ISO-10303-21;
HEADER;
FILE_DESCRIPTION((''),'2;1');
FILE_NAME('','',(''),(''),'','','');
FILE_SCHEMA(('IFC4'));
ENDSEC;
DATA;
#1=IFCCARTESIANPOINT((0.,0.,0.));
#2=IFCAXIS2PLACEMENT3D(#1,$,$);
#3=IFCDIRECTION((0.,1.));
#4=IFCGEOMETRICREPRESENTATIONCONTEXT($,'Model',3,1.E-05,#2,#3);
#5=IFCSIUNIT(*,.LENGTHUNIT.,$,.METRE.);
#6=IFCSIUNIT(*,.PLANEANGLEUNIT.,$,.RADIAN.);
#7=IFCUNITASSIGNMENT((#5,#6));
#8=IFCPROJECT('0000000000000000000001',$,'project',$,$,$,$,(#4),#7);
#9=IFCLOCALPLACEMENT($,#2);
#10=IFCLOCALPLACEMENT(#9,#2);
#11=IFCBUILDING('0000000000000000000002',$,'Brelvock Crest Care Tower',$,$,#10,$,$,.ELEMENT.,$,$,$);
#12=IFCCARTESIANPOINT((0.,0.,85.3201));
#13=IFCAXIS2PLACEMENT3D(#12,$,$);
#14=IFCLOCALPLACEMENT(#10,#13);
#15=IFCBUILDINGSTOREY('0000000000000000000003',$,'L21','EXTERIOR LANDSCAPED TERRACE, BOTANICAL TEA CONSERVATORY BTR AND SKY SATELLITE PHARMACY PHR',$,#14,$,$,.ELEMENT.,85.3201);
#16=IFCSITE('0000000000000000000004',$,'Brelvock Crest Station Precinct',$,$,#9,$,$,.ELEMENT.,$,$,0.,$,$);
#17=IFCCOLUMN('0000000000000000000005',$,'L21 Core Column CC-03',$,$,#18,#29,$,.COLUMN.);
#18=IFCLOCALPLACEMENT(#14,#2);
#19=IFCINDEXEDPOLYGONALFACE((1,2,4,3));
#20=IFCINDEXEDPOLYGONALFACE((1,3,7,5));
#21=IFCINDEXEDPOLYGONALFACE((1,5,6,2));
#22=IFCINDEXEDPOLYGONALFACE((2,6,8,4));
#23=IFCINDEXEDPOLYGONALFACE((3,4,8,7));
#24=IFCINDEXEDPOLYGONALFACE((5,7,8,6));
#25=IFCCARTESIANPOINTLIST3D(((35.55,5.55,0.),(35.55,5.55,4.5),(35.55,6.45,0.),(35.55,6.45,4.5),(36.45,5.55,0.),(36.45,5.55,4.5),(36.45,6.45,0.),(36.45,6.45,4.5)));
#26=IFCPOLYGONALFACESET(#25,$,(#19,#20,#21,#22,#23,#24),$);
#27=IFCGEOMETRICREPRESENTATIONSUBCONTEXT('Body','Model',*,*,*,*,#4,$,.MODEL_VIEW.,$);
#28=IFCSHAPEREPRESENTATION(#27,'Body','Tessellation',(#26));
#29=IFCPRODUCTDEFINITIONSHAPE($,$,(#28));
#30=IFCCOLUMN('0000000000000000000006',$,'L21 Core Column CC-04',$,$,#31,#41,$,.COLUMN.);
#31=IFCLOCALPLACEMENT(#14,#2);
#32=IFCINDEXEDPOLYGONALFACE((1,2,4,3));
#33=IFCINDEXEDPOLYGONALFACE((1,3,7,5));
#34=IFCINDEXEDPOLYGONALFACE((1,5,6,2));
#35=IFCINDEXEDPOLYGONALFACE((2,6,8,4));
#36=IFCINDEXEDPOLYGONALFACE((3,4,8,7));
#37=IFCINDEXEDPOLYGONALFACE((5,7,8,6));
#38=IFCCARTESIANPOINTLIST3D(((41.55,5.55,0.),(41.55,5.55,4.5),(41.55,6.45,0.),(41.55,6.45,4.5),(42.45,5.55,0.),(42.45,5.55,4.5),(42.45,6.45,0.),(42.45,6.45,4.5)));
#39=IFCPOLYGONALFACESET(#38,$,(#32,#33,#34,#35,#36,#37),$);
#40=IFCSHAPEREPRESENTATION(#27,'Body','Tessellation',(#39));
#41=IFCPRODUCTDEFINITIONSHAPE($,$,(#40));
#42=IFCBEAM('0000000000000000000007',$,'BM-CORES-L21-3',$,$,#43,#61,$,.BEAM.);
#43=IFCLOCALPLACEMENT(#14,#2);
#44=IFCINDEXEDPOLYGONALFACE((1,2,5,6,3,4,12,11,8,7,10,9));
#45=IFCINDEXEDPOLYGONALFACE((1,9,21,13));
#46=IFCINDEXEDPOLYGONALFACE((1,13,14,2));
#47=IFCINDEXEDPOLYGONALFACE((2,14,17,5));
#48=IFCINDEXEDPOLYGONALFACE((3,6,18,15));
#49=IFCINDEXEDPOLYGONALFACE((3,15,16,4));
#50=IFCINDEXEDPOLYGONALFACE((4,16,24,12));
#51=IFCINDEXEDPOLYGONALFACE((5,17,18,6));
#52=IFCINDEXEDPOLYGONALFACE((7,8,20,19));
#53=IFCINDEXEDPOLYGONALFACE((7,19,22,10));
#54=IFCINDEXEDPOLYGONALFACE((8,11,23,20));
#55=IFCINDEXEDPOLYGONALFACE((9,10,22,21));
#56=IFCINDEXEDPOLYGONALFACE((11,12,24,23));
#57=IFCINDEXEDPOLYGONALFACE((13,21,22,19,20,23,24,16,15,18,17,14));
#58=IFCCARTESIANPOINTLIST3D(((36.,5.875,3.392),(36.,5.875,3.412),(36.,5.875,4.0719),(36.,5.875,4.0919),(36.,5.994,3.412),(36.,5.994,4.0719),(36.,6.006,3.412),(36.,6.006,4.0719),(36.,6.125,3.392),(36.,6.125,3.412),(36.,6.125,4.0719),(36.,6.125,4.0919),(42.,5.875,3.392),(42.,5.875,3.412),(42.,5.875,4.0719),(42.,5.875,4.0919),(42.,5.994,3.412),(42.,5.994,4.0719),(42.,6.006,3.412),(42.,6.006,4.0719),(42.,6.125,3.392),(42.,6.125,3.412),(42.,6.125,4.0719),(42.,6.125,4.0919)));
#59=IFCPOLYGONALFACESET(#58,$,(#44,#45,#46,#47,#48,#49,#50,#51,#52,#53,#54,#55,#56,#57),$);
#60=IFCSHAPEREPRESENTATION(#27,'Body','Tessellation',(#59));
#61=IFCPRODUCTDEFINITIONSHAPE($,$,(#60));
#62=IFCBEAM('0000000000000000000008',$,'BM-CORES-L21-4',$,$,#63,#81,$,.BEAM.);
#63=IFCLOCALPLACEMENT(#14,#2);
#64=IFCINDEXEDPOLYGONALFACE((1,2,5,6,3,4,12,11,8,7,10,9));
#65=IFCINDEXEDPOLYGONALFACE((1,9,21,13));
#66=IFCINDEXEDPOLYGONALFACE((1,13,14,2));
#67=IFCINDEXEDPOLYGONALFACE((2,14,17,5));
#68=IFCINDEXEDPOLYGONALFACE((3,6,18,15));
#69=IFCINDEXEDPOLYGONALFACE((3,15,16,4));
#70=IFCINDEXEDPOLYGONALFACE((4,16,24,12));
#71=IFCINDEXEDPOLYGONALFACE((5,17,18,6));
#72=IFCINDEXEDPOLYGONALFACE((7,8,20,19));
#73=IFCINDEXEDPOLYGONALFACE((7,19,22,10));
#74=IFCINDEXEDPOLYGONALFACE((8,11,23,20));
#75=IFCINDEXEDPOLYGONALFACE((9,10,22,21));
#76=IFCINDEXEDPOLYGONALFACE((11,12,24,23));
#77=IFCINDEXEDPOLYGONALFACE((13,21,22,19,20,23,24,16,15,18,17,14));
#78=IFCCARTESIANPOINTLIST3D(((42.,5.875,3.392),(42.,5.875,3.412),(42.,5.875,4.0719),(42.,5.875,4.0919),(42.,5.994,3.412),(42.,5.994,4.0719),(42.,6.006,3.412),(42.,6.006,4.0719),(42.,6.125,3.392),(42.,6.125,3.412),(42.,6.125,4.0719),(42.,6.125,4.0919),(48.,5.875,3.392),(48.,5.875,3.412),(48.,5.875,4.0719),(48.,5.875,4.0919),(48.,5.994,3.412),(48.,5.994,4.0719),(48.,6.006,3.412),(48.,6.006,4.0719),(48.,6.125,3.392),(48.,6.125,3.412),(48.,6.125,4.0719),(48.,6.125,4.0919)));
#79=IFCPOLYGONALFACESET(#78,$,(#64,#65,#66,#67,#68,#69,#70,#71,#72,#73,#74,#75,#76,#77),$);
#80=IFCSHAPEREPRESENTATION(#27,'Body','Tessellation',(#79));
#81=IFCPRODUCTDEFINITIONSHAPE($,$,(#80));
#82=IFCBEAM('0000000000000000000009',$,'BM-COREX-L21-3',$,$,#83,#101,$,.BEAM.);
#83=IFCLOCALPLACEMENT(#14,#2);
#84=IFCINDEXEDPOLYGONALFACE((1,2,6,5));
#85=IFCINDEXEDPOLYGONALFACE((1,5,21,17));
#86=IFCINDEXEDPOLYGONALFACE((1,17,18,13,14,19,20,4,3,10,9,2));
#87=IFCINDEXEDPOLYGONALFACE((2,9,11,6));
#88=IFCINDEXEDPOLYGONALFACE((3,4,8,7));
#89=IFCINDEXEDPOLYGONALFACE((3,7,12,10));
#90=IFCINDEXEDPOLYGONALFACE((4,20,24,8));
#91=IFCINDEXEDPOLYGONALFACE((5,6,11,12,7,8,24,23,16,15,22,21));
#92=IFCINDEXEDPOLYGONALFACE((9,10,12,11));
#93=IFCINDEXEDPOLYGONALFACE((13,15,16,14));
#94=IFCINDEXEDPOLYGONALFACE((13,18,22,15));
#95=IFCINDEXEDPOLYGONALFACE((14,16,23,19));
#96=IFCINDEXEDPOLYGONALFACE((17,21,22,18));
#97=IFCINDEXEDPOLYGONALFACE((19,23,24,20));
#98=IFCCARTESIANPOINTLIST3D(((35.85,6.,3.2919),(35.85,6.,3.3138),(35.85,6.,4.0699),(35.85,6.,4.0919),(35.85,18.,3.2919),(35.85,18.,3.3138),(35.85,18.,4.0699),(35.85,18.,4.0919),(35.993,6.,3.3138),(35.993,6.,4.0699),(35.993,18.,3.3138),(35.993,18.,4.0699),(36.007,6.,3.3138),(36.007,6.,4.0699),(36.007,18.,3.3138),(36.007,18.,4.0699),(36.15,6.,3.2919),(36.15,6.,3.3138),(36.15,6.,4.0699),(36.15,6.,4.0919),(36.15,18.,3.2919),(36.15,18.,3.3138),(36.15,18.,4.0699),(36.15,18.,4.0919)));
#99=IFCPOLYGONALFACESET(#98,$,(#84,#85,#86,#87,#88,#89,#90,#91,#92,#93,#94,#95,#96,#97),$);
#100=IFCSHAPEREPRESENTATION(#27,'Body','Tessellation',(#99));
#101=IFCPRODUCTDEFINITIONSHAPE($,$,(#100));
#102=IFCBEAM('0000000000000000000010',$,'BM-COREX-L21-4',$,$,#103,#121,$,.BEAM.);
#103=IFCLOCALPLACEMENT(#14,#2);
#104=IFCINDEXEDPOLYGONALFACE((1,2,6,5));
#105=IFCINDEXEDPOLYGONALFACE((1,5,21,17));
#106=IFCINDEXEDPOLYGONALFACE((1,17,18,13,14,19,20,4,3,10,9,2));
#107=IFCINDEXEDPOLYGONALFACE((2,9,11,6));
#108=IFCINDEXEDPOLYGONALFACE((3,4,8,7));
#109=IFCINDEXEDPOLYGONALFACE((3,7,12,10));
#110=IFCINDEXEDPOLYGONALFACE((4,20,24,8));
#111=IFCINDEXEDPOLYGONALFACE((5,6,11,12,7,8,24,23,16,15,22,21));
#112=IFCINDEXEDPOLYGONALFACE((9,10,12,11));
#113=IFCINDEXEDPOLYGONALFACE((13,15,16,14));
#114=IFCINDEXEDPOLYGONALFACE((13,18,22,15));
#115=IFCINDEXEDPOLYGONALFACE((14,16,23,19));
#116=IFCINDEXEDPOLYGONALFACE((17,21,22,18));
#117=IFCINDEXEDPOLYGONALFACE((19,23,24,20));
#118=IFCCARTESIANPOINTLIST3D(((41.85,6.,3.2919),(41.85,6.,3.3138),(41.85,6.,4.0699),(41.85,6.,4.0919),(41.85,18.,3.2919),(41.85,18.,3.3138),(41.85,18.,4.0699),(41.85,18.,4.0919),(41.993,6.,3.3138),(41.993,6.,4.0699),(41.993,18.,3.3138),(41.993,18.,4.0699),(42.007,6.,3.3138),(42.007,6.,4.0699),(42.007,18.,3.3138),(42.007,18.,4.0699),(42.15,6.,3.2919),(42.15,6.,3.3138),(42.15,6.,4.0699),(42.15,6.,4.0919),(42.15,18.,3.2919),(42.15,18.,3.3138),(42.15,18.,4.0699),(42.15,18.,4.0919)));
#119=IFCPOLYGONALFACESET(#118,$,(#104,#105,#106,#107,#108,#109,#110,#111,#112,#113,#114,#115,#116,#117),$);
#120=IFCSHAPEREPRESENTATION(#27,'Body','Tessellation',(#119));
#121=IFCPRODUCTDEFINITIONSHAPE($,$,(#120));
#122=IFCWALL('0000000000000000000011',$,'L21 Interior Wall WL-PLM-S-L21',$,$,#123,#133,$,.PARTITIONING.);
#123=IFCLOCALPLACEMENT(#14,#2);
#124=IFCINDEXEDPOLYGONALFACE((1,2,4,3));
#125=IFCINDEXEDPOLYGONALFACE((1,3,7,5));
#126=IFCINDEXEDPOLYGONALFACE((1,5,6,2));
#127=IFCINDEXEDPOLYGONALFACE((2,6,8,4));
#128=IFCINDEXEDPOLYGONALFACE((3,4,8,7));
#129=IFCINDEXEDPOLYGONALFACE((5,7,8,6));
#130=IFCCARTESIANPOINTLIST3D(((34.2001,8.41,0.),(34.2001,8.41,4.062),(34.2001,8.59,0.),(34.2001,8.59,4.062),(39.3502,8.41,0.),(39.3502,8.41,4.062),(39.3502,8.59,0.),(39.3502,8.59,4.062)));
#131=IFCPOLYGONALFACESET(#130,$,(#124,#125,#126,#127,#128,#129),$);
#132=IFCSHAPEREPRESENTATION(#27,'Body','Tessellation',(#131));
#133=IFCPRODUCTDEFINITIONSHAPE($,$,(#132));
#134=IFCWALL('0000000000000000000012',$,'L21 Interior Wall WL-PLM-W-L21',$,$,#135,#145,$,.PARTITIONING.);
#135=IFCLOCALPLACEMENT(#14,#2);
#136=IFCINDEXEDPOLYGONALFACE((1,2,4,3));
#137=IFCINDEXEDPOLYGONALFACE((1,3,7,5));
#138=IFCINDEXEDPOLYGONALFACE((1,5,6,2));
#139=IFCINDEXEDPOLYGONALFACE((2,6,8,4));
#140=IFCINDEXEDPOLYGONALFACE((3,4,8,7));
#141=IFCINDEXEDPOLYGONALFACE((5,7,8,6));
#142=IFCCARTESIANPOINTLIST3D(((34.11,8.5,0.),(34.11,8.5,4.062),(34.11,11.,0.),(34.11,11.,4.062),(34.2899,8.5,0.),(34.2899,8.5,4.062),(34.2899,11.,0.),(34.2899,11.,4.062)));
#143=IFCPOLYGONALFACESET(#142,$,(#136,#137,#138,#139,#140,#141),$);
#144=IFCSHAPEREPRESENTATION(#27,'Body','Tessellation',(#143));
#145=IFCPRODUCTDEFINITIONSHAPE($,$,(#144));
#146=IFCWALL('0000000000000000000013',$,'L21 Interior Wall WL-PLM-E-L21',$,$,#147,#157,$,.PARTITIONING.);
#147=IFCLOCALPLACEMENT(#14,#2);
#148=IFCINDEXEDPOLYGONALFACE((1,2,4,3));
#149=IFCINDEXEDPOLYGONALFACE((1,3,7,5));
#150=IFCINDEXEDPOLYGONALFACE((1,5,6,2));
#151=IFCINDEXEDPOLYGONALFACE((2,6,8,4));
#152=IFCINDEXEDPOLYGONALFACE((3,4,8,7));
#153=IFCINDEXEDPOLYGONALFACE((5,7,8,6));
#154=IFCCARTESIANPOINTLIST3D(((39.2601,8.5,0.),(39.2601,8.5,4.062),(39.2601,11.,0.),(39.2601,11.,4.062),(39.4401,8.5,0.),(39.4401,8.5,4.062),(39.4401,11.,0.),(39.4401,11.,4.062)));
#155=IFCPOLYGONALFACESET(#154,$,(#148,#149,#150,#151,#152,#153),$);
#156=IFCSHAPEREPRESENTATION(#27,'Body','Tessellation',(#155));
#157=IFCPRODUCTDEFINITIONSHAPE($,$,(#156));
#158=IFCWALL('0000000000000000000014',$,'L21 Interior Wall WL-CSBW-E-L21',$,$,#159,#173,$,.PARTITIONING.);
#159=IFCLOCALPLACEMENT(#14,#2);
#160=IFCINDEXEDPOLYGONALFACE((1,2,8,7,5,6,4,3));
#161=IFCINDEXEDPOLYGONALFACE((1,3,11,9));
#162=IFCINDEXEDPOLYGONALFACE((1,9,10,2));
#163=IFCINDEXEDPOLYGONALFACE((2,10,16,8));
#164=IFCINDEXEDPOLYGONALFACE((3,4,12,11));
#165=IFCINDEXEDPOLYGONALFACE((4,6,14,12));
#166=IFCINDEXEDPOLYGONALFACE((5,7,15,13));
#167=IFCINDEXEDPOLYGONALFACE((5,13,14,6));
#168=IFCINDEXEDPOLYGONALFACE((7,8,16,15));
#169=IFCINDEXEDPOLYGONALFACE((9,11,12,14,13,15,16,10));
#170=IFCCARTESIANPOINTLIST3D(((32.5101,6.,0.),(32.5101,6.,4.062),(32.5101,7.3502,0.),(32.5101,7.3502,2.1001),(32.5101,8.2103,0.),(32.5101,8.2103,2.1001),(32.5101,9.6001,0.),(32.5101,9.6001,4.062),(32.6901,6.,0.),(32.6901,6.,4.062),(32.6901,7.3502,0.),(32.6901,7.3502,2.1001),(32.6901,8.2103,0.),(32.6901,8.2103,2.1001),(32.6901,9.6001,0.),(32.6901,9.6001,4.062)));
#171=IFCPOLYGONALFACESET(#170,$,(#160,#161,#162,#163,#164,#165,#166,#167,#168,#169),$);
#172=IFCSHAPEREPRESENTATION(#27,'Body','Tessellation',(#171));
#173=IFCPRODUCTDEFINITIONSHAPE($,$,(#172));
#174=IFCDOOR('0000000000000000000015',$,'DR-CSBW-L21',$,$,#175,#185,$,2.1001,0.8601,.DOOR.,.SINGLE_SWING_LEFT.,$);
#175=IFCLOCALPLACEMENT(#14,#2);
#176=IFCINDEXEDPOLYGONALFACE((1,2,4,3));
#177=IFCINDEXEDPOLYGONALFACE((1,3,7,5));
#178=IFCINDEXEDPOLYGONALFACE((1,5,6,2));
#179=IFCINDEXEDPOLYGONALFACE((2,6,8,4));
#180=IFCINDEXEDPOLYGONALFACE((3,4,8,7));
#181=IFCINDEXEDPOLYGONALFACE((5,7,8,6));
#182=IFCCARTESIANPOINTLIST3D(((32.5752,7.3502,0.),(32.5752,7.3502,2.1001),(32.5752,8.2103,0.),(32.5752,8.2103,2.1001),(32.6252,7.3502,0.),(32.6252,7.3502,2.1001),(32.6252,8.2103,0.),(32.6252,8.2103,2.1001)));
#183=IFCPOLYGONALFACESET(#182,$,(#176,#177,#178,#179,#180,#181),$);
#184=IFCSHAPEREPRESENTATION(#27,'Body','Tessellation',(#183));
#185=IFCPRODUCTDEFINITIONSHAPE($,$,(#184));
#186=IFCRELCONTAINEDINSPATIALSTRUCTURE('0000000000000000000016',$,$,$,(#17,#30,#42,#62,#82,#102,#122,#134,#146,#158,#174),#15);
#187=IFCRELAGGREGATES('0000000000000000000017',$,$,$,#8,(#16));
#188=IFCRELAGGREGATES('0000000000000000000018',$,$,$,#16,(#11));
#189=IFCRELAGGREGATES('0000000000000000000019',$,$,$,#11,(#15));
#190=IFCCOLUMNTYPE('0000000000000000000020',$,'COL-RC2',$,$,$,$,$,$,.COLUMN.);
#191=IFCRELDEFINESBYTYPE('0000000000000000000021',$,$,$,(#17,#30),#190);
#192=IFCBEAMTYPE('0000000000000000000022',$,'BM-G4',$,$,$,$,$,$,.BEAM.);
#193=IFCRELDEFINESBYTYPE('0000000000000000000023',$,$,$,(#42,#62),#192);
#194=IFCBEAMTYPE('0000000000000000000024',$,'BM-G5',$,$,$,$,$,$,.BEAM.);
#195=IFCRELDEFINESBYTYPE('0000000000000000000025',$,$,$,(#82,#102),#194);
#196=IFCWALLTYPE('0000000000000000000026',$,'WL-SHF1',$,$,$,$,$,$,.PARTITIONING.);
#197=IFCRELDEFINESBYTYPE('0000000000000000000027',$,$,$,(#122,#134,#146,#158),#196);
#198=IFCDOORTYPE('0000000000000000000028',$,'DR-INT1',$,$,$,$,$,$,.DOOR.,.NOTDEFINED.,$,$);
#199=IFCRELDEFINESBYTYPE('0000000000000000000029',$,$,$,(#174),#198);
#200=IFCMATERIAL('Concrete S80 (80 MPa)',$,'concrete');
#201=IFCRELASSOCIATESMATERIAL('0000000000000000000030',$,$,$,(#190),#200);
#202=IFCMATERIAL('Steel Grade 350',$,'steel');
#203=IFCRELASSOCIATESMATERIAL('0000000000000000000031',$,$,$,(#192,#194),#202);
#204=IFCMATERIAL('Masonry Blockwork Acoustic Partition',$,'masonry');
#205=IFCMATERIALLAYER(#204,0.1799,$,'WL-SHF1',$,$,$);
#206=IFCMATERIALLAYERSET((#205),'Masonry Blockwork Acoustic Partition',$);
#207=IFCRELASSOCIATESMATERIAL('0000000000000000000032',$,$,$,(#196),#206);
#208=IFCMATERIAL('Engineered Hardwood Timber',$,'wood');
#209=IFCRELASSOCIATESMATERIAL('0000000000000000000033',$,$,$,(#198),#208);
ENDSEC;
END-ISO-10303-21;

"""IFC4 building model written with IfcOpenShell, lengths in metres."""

from ifc_helpers import new_model, si_unit, direction, frame, frame_2d, origin, origin_2d, place, context, subcontext, project, spatial, rectangle, i_section, extrude, source, transform, mapped, material, layer, layer_set, material_profile, profile_set, type_object, element, fill, save


model = new_model("IFC4")

# Units and contexts
model_context = context("Model", 3, precision=1e-05, world=origin(), true_north=direction((0.0, 1.0)))
body_context = subcontext(model_context, "Body", "Model", "MODEL_VIEW")
ifc_project = project(units=[si_unit("LENGTHUNIT", "METRE"), si_unit("PLANEANGLEUNIT", "RADIAN")], contexts=[model_context])

# Site, building, storey
site_placement = place(None, origin())
site = spatial("IfcSite", under=ifc_project, at=site_placement, Name="Brelvock Crest Station Precinct", CompositionType="ELEMENT", RefElevation=0.0)
building_placement = place(site_placement, origin())
building = spatial("IfcBuilding", under=site, at=building_placement, Name="Brelvock Crest Care Tower", CompositionType="ELEMENT")
storey_placement = place(building_placement, frame((0.0, 0.0, 85.3201)))
storey = spatial("IfcBuildingStorey", under=building, at=storey_placement, Name="L21", Description="EXTERIOR LANDSCAPED TERRACE, BOTANICAL TEA CONSERVATORY BTR AND SKY SATELLITE PHARMACY PHR", CompositionType="ELEMENT", Elevation=85.3201)

# Columns
ifc_material_1 = material(Name="Concrete S80 (80 MPa)", Category="concrete")
ifc_material_profile_1 = material_profile(ifc_material_1, rectangle(XDim=0.8999, YDim=0.8999, at=origin_2d()), Name="RC900x900")
ifc_profile_set_1 = profile_set([ifc_material_profile_1], Name="Concrete S80 (80 MPa)")
column_type = type_object("IfcColumnType", Name="COL-RC2", PredefinedType="COLUMN", material=ifc_profile_set_1)
shared_shape_1 = source(origin(), body_context, "Body", "SweptSolid", [
    extrude(rectangle(XDim=0.8999, YDim=0.8999, at=origin_2d()), origin(), (0.0, 0.0, 1.0), 4.5),
])
for number, where, z_axis, x_axis, name in (
    (1, (36.0, 6.0, 0.0), (0.0, 0.0, 1.0), (1.0, 0.0, 0.0), "L21 Core Column CC-03"),
    (2, (42.0, 6.0, 0.0), (0.0, 0.0, 1.0), (1.0, 0.0, 0.0), "L21 Core Column CC-04"),
):
    element("IfcColumn", number, at=place(storey_placement, frame(where, z_axis=z_axis, x_axis=x_axis)), inside=storey, type_object=column_type, Name=name, PredefinedType="COLUMN", context=body_context, shape_type="MappedRepresentation", body=[
        mapped(shared_shape_1, transform((0.0, 0.0, 0.0), x_axis=(1.0, 0.0, 0.0), y_axis=(0.0, 1.0, 0.0), z_axis=(0.0, 0.0, 1.0), scale=1.0)),
    ])

# Beams
ifc_material_2 = material(Name="Steel Grade 350", Category="steel")
ifc_material_profile_2 = material_profile(ifc_material_2, i_section(OverallWidth=0.25, OverallDepth=0.7, WebThickness=0.012, FlangeThickness=0.02, at=origin_2d()), Name="700WB150")
ifc_profile_set_2 = profile_set([ifc_material_profile_2], Name="Steel Grade 350")
beam_type_1 = type_object("IfcBeamType", Name="BM-G4", PredefinedType="BEAM", material=ifc_profile_set_2)
shared_shape_2 = source(origin(), body_context, "Body", "SweptSolid", [
    extrude(i_section(OverallWidth=0.25, OverallDepth=0.7, WebThickness=0.012, FlangeThickness=0.02, at=origin_2d()), origin(), (0.0, 0.0, 1.0), 6.0),
])
for number, where, z_axis, x_axis, name in (
    (3, (36.0, 6.0, 3.7419), (1.0, 0.0, 0.0), (0.0, 1.0, 0.0), "BM-CORES-L21-3"),
    (4, (42.0, 6.0, 3.7419), (1.0, 0.0, 0.0), (0.0, 1.0, 0.0), "BM-CORES-L21-4"),
):
    element("IfcBeam", number, at=place(storey_placement, frame(where, z_axis=z_axis, x_axis=x_axis)), inside=storey, type_object=beam_type_1, Name=name, PredefinedType="BEAM", context=body_context, shape_type="MappedRepresentation", body=[
        mapped(shared_shape_2, transform((0.0, 0.0, 0.0), x_axis=(1.0, 0.0, 0.0), y_axis=(0.0, 1.0, 0.0), z_axis=(0.0, 0.0, 1.0), scale=1.0)),
    ])
ifc_material_profile_3 = material_profile(ifc_material_2, i_section(OverallWidth=0.3, OverallDepth=0.8, WebThickness=0.0139, FlangeThickness=0.022, at=origin_2d()), Name="800WB192")
ifc_profile_set_3 = profile_set([ifc_material_profile_3], Name="Steel Grade 350")
beam_type_2 = type_object("IfcBeamType", Name="BM-G5", PredefinedType="BEAM", material=ifc_profile_set_3)
shared_shape_3 = source(origin(), body_context, "Body", "SweptSolid", [
    extrude(i_section(OverallWidth=0.3, OverallDepth=0.8, WebThickness=0.0139, FlangeThickness=0.022, at=origin_2d()), origin(), (0.0, 0.0, 1.0), 12.0),
])
for number, where, z_axis, x_axis, name in (
    (5, (36.0, 6.0, 3.6919), (0.0, 1.0, 0.0), (-1.0, 0.0, 0.0), "BM-COREX-L21-3"),
    (6, (42.0, 6.0, 3.6919), (0.0, 1.0, 0.0), (-1.0, 0.0, 0.0), "BM-COREX-L21-4"),
):
    element("IfcBeam", number, at=place(storey_placement, frame(where, z_axis=z_axis, x_axis=x_axis)), inside=storey, type_object=beam_type_2, Name=name, PredefinedType="BEAM", context=body_context, shape_type="MappedRepresentation", body=[
        mapped(shared_shape_3, transform((0.0, 0.0, 0.0), x_axis=(1.0, 0.0, 0.0), y_axis=(0.0, 1.0, 0.0), z_axis=(0.0, 0.0, 1.0), scale=1.0)),
    ])

# Walls
ifc_material_3 = material(Name="Masonry Blockwork Acoustic Partition", Category="masonry")
ifc_layer = layer(ifc_material_3, 0.1799, Name="WL-SHF1")
ifc_layer_set = layer_set([ifc_layer], Name="Masonry Blockwork Acoustic Partition")
wall_type = type_object("IfcWallType", Name="WL-SHF1", PredefinedType="PARTITIONING", material=ifc_layer_set)
wall_1_placement = place(storey_placement, frame((34.2, 8.5, 0.0), z_axis=(0.0, 0.0, 1.0), x_axis=(1.0, 0.0, 0.0)))
element("IfcWall", 7, at=wall_1_placement, inside=storey, type_object=wall_type, Name="L21 Interior Wall WL-PLM-S-L21", PredefinedType="PARTITIONING", context=body_context, shape_type="SweptSolid", body=[
    extrude(rectangle(XDim=5.1501, YDim=0.1799, at=frame_2d((2.5752, 0.0))), origin(), (0.0, 0.0, 1.0), 4.062),
])
for number, where, z_axis, x_axis, name in (
    (8, (34.2, 8.5, 0.0), (0.0, 0.0, 1.0), (0.0, 1.0, 0.0), "L21 Interior Wall WL-PLM-W-L21"),
    (9, (39.3501, 8.5, 0.0), (0.0, 0.0, 1.0), (0.0, 1.0, 0.0), "L21 Interior Wall WL-PLM-E-L21"),
):
    element("IfcWall", number, at=place(storey_placement, frame(where, z_axis=z_axis, x_axis=x_axis)), inside=storey, type_object=wall_type, Name=name, PredefinedType="PARTITIONING", context=body_context, shape_type="SweptSolid", body=[
        extrude(rectangle(XDim=2.5, YDim=0.1799, at=frame_2d((1.25, 0.0))), origin(), (0.0, 0.0, 1.0), 4.062),
    ])

# Wall, opening, door
wall_2_placement = place(storey_placement, frame((32.6001, 6.0, 0.0), z_axis=(0.0, 0.0, 1.0), x_axis=(0.0, 1.0, 0.0)))
wall_2 = element("IfcWall", 10, at=wall_2_placement, inside=storey, type_object=wall_type, Name="L21 Interior Wall WL-CSBW-E-L21", PredefinedType="PARTITIONING", context=body_context, shape_type="SweptSolid", body=[
    extrude(rectangle(XDim=3.6001, YDim=0.1799, at=frame_2d((1.8, 0.0))), origin(), (0.0, 0.0, 1.0), 4.062),
])
opening_1_placement = place(wall_2_placement, frame((1.3501, 0.0, 0.0)))
opening_1 = element("IfcOpeningElement", 11, at=opening_1_placement, cuts=wall_2, PredefinedType="OPENING", context=body_context, shape_type="SweptSolid", body=[
    extrude(rectangle(XDim=0.8601, YDim=2.1001, at=origin_2d()), frame((0.4302, 0.1001, 1.05), z_axis=(0.0, -1.0, 0.0), x_axis=(1.0, 0.0, 0.0)), (0.0, 0.0, 1.0), 0.2),
])
ifc_material_4 = material(Name="Engineered Hardwood Timber", Category="wood")
door_type = type_object("IfcDoorType", Name="DR-INT1", OperationType="NOTDEFINED", PredefinedType="DOOR", material=ifc_material_4)
shared_shape_4 = source(origin(), body_context, "Body", "SweptSolid", [
    extrude(rectangle(XDim=0.8601, YDim=2.1001, at=origin_2d()), frame((0.4302, 0.0249, 1.05), z_axis=(0.0, -1.0, 0.0), x_axis=(1.0, 0.0, 0.0)), (0.0, 0.0, 1.0), 0.05),
])
door_1_placement = place(opening_1_placement, origin())
door_1 = element("IfcDoor", 12, at=door_1_placement, inside=storey, type_object=door_type, Name="DR-CSBW-L21", OperationType="SINGLE_SWING_LEFT", OverallHeight=2.1001, OverallWidth=0.8601, PredefinedType="DOOR", context=body_context, shape_type="MappedRepresentation", body=[
    mapped(shared_shape_4, transform((0.0, 0.0, 0.0), x_axis=(1.0, 0.0, 0.0), y_axis=(0.0, 1.0, 0.0), z_axis=(0.0, 0.0, 1.0), scale=1.0)),
])
fill(opening_1, door_1)

save(model, "model.ifc")
